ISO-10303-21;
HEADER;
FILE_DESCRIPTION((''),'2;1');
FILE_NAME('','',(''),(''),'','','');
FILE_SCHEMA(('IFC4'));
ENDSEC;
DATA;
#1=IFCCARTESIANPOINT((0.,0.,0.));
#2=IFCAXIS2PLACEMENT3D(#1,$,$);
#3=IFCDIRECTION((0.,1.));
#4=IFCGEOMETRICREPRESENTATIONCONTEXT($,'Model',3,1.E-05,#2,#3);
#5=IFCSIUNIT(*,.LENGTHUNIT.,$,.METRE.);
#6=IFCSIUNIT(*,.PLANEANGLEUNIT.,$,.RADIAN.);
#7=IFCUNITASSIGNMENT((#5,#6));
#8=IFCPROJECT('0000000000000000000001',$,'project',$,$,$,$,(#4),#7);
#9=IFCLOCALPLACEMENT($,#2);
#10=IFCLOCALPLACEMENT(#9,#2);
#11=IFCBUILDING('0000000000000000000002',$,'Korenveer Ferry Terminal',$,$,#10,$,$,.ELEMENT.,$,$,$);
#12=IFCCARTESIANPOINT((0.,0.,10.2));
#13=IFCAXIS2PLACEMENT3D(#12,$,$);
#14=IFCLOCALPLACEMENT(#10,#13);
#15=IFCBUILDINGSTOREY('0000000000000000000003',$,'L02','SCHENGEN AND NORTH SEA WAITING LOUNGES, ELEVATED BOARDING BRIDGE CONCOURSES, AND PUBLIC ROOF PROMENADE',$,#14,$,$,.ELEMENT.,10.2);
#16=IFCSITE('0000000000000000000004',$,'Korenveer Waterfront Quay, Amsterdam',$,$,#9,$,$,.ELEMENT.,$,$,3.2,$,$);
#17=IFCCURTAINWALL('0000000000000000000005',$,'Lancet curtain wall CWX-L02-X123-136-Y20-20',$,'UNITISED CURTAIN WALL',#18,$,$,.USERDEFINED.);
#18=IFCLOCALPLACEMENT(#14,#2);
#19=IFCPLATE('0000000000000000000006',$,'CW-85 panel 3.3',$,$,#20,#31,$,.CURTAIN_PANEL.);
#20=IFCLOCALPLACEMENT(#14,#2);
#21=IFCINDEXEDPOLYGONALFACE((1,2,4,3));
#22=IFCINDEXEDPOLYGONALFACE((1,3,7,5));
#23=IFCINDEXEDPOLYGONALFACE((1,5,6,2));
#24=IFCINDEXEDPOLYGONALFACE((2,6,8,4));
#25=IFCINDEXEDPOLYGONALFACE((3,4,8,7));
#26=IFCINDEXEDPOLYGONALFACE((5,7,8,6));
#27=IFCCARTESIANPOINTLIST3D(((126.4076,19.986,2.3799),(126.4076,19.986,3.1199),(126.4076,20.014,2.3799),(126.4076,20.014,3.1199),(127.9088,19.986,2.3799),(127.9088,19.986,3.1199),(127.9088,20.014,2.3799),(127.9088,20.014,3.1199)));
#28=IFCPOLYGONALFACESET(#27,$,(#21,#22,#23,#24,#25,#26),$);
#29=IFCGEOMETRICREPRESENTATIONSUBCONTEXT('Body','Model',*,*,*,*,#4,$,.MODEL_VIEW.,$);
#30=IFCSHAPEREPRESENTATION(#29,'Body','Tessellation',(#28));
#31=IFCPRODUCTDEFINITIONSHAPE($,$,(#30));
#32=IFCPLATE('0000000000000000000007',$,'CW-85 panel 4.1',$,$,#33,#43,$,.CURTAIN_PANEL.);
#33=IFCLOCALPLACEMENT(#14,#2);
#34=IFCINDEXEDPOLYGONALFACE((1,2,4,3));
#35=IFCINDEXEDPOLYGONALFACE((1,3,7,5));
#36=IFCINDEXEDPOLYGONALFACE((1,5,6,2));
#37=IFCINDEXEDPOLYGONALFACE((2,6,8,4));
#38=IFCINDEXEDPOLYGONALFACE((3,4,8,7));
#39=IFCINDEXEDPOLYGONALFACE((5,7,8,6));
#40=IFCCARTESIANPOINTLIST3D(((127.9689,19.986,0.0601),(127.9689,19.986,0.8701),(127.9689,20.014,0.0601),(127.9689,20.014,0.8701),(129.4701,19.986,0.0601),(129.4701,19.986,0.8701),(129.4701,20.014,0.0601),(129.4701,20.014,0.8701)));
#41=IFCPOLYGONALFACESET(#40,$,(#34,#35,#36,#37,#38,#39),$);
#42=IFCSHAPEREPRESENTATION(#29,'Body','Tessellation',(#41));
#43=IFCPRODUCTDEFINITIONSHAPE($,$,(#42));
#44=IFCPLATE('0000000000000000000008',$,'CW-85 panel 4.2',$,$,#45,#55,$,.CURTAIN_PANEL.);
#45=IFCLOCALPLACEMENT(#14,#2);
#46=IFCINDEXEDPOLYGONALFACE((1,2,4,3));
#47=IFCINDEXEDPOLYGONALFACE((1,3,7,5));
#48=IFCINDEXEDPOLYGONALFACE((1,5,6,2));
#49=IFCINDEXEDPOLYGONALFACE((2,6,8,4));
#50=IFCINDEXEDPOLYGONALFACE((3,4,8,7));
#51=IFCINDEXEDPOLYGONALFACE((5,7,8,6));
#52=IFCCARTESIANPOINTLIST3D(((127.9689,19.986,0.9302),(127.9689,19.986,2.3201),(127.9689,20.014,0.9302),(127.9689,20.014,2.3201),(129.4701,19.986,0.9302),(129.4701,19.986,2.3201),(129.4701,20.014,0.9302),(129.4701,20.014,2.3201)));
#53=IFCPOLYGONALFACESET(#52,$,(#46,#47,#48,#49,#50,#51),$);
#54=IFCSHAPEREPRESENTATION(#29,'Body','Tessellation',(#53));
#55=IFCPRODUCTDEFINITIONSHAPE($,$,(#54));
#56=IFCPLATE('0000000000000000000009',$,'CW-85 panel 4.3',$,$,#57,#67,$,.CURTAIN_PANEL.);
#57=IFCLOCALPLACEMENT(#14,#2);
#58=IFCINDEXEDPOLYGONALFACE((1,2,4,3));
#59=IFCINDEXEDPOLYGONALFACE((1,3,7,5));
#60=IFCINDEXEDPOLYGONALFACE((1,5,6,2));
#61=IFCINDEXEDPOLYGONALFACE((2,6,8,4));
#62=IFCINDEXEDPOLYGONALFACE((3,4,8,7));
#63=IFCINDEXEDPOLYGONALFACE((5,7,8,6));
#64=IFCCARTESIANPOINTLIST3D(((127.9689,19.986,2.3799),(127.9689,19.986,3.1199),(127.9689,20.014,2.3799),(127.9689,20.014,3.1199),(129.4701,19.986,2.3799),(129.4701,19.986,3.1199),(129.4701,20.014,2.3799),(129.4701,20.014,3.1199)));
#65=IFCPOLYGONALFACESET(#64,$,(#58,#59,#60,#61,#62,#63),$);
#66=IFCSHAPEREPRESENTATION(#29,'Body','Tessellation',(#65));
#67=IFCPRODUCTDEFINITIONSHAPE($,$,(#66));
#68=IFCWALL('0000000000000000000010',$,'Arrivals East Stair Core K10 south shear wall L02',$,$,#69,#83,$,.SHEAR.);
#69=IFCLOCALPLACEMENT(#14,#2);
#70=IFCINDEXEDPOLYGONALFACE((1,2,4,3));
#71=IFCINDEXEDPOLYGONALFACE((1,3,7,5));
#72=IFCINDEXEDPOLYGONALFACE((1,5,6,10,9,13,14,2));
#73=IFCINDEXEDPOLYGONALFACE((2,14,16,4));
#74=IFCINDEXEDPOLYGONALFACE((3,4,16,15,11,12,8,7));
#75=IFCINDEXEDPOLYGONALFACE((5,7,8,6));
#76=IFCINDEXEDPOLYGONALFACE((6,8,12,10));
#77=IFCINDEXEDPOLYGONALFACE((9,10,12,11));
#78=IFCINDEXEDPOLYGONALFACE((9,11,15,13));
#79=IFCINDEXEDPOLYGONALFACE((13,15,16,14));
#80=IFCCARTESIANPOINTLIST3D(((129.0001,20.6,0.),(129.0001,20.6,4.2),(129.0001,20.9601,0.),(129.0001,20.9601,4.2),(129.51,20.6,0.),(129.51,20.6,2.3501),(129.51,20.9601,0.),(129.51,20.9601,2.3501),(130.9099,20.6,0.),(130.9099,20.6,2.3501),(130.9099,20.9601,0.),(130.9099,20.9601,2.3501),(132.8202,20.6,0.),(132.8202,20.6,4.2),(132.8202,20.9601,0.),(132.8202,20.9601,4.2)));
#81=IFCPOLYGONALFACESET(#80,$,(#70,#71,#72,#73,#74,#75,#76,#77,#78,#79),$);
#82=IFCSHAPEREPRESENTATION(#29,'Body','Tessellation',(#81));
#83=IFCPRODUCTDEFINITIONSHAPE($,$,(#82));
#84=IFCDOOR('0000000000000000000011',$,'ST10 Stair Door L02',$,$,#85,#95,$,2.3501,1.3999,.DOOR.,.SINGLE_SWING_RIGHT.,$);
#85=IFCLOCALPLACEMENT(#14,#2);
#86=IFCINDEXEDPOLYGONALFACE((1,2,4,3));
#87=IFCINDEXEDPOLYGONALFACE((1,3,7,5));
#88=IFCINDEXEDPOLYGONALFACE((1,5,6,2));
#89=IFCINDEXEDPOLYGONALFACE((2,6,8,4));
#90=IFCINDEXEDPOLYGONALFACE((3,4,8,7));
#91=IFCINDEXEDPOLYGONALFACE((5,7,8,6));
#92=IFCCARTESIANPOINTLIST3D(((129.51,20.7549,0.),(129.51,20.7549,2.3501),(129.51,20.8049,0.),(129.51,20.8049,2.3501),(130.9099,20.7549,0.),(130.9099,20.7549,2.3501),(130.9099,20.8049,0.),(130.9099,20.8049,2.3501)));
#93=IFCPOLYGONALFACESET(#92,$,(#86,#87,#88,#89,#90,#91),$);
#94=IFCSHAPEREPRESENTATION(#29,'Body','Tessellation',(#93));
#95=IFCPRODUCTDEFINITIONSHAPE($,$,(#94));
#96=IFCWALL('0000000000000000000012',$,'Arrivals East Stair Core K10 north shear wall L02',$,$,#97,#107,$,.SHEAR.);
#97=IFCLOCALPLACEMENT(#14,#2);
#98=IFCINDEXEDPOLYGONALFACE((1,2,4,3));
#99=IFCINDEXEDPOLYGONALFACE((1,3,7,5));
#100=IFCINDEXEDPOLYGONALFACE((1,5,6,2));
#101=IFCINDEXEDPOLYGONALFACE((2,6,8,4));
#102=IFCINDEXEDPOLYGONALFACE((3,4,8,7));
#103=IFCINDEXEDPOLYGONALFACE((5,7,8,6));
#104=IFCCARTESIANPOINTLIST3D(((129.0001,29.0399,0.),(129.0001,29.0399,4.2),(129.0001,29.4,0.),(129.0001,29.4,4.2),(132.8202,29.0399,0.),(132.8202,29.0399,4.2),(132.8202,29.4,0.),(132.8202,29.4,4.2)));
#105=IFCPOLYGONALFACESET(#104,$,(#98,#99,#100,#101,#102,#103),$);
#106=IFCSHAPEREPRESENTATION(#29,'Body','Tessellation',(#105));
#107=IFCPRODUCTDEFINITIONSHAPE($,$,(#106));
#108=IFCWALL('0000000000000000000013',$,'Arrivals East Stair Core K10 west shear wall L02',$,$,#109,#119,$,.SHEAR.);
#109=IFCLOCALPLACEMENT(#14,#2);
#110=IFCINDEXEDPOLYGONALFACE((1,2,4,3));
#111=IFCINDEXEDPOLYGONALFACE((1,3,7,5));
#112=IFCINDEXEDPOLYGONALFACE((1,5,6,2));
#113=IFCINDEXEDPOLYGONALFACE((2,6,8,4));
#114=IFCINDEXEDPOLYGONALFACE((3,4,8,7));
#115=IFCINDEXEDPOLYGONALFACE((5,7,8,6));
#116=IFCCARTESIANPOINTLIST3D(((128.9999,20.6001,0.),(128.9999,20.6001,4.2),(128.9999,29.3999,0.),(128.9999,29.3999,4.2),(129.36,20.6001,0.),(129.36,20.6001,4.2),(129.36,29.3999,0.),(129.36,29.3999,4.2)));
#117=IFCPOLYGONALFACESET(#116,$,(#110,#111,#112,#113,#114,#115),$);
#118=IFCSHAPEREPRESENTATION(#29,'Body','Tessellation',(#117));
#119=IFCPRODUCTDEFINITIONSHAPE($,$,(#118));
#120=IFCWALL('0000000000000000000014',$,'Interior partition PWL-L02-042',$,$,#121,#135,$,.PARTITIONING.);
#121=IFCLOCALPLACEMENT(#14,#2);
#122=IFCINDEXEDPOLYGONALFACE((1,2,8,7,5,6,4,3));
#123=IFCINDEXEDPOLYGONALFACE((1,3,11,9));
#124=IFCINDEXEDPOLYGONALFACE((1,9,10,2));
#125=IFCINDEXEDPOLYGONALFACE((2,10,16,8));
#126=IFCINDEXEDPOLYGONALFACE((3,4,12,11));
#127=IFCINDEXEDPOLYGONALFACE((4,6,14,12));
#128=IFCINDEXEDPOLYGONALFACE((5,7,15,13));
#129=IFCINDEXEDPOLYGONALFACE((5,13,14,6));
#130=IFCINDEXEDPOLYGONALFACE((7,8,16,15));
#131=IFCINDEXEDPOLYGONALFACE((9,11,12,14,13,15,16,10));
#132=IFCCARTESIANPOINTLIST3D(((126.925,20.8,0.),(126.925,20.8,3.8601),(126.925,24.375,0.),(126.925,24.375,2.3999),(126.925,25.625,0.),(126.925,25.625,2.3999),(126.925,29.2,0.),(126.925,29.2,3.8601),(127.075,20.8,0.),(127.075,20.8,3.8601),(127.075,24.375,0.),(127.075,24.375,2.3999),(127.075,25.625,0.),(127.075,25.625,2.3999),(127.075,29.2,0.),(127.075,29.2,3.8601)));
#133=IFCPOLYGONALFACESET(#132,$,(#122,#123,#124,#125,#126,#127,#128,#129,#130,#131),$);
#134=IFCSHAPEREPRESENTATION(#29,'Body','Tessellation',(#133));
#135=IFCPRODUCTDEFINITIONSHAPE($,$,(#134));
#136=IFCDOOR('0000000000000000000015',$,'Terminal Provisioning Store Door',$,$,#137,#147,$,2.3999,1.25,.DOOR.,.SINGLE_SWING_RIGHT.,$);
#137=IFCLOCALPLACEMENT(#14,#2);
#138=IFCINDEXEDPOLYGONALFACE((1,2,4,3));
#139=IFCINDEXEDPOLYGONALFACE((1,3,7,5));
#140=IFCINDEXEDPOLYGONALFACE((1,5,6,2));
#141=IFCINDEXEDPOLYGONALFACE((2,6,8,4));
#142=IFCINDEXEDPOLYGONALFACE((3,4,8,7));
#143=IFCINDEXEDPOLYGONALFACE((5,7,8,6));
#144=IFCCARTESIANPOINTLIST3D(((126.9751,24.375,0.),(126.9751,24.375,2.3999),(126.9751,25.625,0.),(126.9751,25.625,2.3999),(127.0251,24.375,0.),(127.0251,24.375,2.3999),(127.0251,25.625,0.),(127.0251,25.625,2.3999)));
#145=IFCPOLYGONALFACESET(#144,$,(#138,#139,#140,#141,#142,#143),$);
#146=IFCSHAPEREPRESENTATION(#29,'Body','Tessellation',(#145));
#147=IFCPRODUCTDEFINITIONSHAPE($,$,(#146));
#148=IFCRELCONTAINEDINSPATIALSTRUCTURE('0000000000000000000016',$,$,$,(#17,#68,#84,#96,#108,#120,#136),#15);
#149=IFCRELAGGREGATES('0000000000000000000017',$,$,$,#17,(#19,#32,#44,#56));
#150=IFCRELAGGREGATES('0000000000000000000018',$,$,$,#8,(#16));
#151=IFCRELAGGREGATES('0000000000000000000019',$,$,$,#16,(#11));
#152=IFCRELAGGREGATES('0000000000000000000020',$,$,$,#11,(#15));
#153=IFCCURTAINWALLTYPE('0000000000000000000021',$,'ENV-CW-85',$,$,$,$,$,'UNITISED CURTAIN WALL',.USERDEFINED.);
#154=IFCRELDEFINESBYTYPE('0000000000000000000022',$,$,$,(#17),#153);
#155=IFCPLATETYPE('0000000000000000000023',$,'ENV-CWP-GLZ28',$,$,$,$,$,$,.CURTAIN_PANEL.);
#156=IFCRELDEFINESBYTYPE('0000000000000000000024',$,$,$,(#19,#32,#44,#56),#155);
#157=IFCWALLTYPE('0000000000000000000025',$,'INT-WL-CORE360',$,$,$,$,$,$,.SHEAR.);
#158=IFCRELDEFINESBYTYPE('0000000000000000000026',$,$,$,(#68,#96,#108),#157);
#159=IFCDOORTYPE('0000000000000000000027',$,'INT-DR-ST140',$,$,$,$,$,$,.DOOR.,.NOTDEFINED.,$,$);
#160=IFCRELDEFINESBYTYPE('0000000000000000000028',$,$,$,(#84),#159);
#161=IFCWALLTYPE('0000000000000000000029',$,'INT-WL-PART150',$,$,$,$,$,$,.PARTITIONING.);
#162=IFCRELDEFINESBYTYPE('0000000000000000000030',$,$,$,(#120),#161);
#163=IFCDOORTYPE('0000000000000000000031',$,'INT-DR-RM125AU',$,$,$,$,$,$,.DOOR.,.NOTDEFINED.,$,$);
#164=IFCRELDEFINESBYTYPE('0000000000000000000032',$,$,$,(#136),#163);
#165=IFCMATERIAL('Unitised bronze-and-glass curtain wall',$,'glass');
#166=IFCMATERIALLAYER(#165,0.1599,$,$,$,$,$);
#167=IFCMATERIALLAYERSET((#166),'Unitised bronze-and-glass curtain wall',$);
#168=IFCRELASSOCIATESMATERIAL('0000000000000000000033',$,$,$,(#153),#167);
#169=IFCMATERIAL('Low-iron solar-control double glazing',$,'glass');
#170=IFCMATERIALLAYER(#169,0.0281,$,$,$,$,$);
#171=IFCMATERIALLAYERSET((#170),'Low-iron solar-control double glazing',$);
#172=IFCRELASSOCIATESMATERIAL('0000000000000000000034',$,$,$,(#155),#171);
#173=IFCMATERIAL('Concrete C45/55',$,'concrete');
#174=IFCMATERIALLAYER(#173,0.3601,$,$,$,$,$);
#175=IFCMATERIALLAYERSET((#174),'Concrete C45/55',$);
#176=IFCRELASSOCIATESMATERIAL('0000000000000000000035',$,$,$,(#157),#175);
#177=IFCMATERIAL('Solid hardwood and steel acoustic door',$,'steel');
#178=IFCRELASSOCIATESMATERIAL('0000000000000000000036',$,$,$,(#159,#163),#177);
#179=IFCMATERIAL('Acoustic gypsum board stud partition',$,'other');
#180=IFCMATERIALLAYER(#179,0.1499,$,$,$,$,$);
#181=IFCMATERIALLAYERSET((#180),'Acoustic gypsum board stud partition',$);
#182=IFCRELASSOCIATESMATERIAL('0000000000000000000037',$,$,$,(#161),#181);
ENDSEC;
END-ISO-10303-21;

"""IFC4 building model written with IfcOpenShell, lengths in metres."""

from ifc_helpers import new_model, si_unit, direction, frame, frame_2d, origin, origin_2d, place, context, subcontext, project, spatial, rectangle, extrude, material, layer, layer_set, type_object, element, fill, aggregate, save


model = new_model("IFC4")

# Units and contexts
model_context = context("Model", 3, precision=1e-05, world=origin(), true_north=direction((0.0, 1.0)))
body_context = subcontext(model_context, "Body", "Model", "MODEL_VIEW")
ifc_project = project(units=[si_unit("LENGTHUNIT", "METRE"), si_unit("PLANEANGLEUNIT", "RADIAN")], contexts=[model_context])

# Site, building, storey
site_placement = place(None, origin())
site = spatial("IfcSite", under=ifc_project, at=site_placement, Name="Korenveer Waterfront Quay, Amsterdam", CompositionType="ELEMENT", RefElevation=3.2)
building_placement = place(site_placement, origin())
building = spatial("IfcBuilding", under=site, at=building_placement, Name="Korenveer Ferry Terminal", CompositionType="ELEMENT")
storey_placement = place(building_placement, frame((0.0, 0.0, 10.2)))
storey = spatial("IfcBuildingStorey", under=building, at=storey_placement, Name="L02", Description="SCHENGEN AND NORTH SEA WAITING LOUNGES, ELEVATED BOARDING BRIDGE CONCOURSES, AND PUBLIC ROOF PROMENADE", CompositionType="ELEMENT", Elevation=10.2)

# Curtain wall
ifc_material_1 = material(Name="Unitised bronze-and-glass curtain wall", Category="glass")
ifc_layer_1 = layer(ifc_material_1, 0.1599)
ifc_layer_set_1 = layer_set([ifc_layer_1], Name="Unitised bronze-and-glass curtain wall")
curtain_wall_type = type_object("IfcCurtainWallType", Name="ENV-CW-85", ElementType="UNITISED CURTAIN WALL", PredefinedType="USERDEFINED", material=ifc_layer_set_1)
curtain_wall_placement = place(storey_placement, frame((123.2549, 20.0, 0.0)))
curtain_wall = element("IfcCurtainWall", 1, at=curtain_wall_placement, inside=storey, type_object=curtain_wall_type, Name="Lancet curtain wall CWX-L02-X123-136-Y20-20", ObjectType="UNITISED CURTAIN WALL", PredefinedType="USERDEFINED")

# Plates
ifc_material_2 = material(Name="Low-iron solar-control double glazing", Category="glass")
ifc_layer_2 = layer(ifc_material_2, 0.0281)
ifc_layer_set_2 = layer_set([ifc_layer_2], Name="Low-iron solar-control double glazing")
plate_type = type_object("IfcPlateType", Name="ENV-CWP-GLZ28", PredefinedType="CURTAIN_PANEL", material=ifc_layer_set_2)
plate_1_placement = place(storey_placement, frame((127.1582, 20.0, 2.3799), z_axis=(0.0, 0.0, 1.0), x_axis=(1.0, 0.0, 0.0)))
plate_1 = element("IfcPlate", 2, at=plate_1_placement, type_object=plate_type, Name="CW-85 panel 3.3", PredefinedType="CURTAIN_PANEL", context=body_context, shape_type="SweptSolid", body=[
    extrude(rectangle(XDim=1.5012, YDim=0.0281, at=origin_2d()), origin(), (0.0, 0.0, 1.0), 0.74),
])
plate_2_placement = place(storey_placement, frame((128.7195, 20.0, 0.0601), z_axis=(0.0, 0.0, 1.0), x_axis=(1.0, 0.0, 0.0)))
plate_2 = element("IfcPlate", 3, at=plate_2_placement, type_object=plate_type, Name="CW-85 panel 4.1", PredefinedType="CURTAIN_PANEL", context=body_context, shape_type="SweptSolid", body=[
    extrude(rectangle(XDim=1.5012, YDim=0.0281, at=origin_2d()), origin(), (0.0, 0.0, 1.0), 0.8101),
])
plate_3_placement = place(storey_placement, frame((128.7195, 20.0, 0.9302), z_axis=(0.0, 0.0, 1.0), x_axis=(1.0, 0.0, 0.0)))
plate_3 = element("IfcPlate", 4, at=plate_3_placement, type_object=plate_type, Name="CW-85 panel 4.2", PredefinedType="CURTAIN_PANEL", context=body_context, shape_type="SweptSolid", body=[
    extrude(rectangle(XDim=1.5012, YDim=0.0281, at=origin_2d()), origin(), (0.0, 0.0, 1.0), 1.3899),
])
plate_4_placement = place(storey_placement, frame((128.7195, 20.0, 2.3799), z_axis=(0.0, 0.0, 1.0), x_axis=(1.0, 0.0, 0.0)))
plate_4 = element("IfcPlate", 5, at=plate_4_placement, type_object=plate_type, Name="CW-85 panel 4.3", PredefinedType="CURTAIN_PANEL", context=body_context, shape_type="SweptSolid", body=[
    extrude(rectangle(XDim=1.5012, YDim=0.0281, at=origin_2d()), origin(), (0.0, 0.0, 1.0), 0.74),
])
aggregate(curtain_wall, [plate_1, plate_2, plate_3, plate_4])

# Wall, opening, door
ifc_material_3 = material(Name="Concrete C45/55", Category="concrete")
ifc_layer_3 = layer(ifc_material_3, 0.3601)
ifc_layer_set_3 = layer_set([ifc_layer_3], Name="Concrete C45/55")
wall_type_1 = type_object("IfcWallType", Name="INT-WL-CORE360", PredefinedType="SHEAR", material=ifc_layer_set_3)
wall_1_placement = place(storey_placement, frame((129.0, 20.78, 0.0), z_axis=(0.0, 0.0, 1.0), x_axis=(1.0, 0.0, 0.0)))
wall_1 = element("IfcWall", 6, at=wall_1_placement, inside=storey, type_object=wall_type_1, Name="Arrivals East Stair Core K10 south shear wall L02", PredefinedType="SHEAR", context=body_context, shape_type="SweptSolid", body=[
    extrude(rectangle(XDim=3.8201, YDim=0.3601, at=frame_2d((1.9102, 0.0))), origin(), (0.0, 0.0, 1.0), 4.2),
])
opening_1_placement = place(wall_1_placement, frame((0.51, 0.0, 0.0)))
opening_1 = element("IfcOpeningElement", 7, at=opening_1_placement, cuts=wall_1, PredefinedType="OPENING", context=body_context, shape_type="SweptSolid", body=[
    extrude(rectangle(XDim=1.3999, YDim=2.3501, at=frame_2d((0.7, 1.175))), frame((0.0, 0.1899, 0.0), z_axis=(0.0, -1.0, 0.0), x_axis=(1.0, 0.0, 0.0)), (0.0, 0.0, 1.0), 0.3801),
])
ifc_material_4 = material(Name="Solid hardwood and steel acoustic door", Category="steel")
door_type_1 = type_object("IfcDoorType", Name="INT-DR-ST140", OperationType="NOTDEFINED", PredefinedType="DOOR", material=ifc_material_4)
door_1_placement = place(opening_1_placement, origin())
door_1 = element("IfcDoor", 8, at=door_1_placement, inside=storey, type_object=door_type_1, Name="ST10 Stair Door L02", OperationType="SINGLE_SWING_RIGHT", OverallHeight=2.3501, OverallWidth=1.3999, PredefinedType="DOOR", context=body_context, shape_type="SweptSolid", body=[
    extrude(rectangle(XDim=1.3999, YDim=2.3501, at=frame_2d((0.7, 1.175))), frame((0.0, 0.0249, 0.0), z_axis=(0.0, -1.0, 0.0), x_axis=(1.0, 0.0, 0.0)), (0.0, 0.0, 1.0), 0.05),
])
fill(opening_1, door_1)

# Walls
wall_2_placement = place(storey_placement, frame((129.0, 29.22, 0.0), z_axis=(0.0, 0.0, 1.0), x_axis=(1.0, 0.0, 0.0)))
element("IfcWall", 9, at=wall_2_placement, inside=storey, type_object=wall_type_1, Name="Arrivals East Stair Core K10 north shear wall L02", PredefinedType="SHEAR", context=body_context, shape_type="SweptSolid", body=[
    extrude(rectangle(XDim=3.8201, YDim=0.3601, at=frame_2d((1.9102, 0.0))), origin(), (0.0, 0.0, 1.0), 4.2),
])
wall_3_placement = place(storey_placement, frame((129.1799, 20.6001, 0.0), z_axis=(0.0, 0.0, 1.0), x_axis=(0.0, 1.0, 0.0)))
element("IfcWall", 10, at=wall_3_placement, inside=storey, type_object=wall_type_1, Name="Arrivals East Stair Core K10 west shear wall L02", PredefinedType="SHEAR", context=body_context, shape_type="SweptSolid", body=[
    extrude(rectangle(XDim=8.7998, YDim=0.3601, at=frame_2d((4.3999, 0.0))), origin(), (0.0, 0.0, 1.0), 4.2),
])

# Wall, opening, door
ifc_material_5 = material(Name="Acoustic gypsum board stud partition", Category="other")
ifc_layer_4 = layer(ifc_material_5, 0.1499)
ifc_layer_set_4 = layer_set([ifc_layer_4], Name="Acoustic gypsum board stud partition")
wall_type_2 = type_object("IfcWallType", Name="INT-WL-PART150", PredefinedType="PARTITIONING", material=ifc_layer_set_4)
wall_4_placement = place(storey_placement, frame((127.0, 20.8, 0.0), z_axis=(0.0, 0.0, 1.0), x_axis=(0.0, 1.0, 0.0)))
wall_4 = element("IfcWall", 11, at=wall_4_placement, inside=storey, type_object=wall_type_2, Name="Interior partition PWL-L02-042", PredefinedType="PARTITIONING", context=body_context, shape_type="SweptSolid", body=[
    extrude(rectangle(XDim=8.3999, YDim=0.1499, at=frame_2d((4.2, 0.0))), origin(), (0.0, 0.0, 1.0), 3.8601),
])
opening_2_placement = place(wall_4_placement, frame((3.575, 0.0, 0.0)))
opening_2 = element("IfcOpeningElement", 12, at=opening_2_placement, cuts=wall_4, PredefinedType="OPENING", context=body_context, shape_type="SweptSolid", body=[
    extrude(rectangle(XDim=1.25, YDim=2.3999, at=frame_2d((0.625, 1.2))), frame((0.0, 0.085, 0.0), z_axis=(0.0, -1.0, 0.0), x_axis=(1.0, 0.0, 0.0)), (0.0, 0.0, 1.0), 0.1699),
])
door_type_2 = type_object("IfcDoorType", Name="INT-DR-RM125AU", OperationType="NOTDEFINED", PredefinedType="DOOR", material=ifc_material_4)
door_2_placement = place(opening_2_placement, origin())
door_2 = element("IfcDoor", 13, at=door_2_placement, inside=storey, type_object=door_type_2, Name="Terminal Provisioning Store Door", OperationType="SINGLE_SWING_RIGHT", OverallHeight=2.3999, OverallWidth=1.25, PredefinedType="DOOR", context=body_context, shape_type="SweptSolid", body=[
    extrude(rectangle(XDim=1.25, YDim=2.3999, at=frame_2d((0.625, 1.2))), frame((0.0, 0.0249, 0.0), z_axis=(0.0, -1.0, 0.0), x_axis=(1.0, 0.0, 0.0)), (0.0, 0.0, 1.0), 0.05),
])
fill(opening_2, door_2)

save(model, "model.ifc")
